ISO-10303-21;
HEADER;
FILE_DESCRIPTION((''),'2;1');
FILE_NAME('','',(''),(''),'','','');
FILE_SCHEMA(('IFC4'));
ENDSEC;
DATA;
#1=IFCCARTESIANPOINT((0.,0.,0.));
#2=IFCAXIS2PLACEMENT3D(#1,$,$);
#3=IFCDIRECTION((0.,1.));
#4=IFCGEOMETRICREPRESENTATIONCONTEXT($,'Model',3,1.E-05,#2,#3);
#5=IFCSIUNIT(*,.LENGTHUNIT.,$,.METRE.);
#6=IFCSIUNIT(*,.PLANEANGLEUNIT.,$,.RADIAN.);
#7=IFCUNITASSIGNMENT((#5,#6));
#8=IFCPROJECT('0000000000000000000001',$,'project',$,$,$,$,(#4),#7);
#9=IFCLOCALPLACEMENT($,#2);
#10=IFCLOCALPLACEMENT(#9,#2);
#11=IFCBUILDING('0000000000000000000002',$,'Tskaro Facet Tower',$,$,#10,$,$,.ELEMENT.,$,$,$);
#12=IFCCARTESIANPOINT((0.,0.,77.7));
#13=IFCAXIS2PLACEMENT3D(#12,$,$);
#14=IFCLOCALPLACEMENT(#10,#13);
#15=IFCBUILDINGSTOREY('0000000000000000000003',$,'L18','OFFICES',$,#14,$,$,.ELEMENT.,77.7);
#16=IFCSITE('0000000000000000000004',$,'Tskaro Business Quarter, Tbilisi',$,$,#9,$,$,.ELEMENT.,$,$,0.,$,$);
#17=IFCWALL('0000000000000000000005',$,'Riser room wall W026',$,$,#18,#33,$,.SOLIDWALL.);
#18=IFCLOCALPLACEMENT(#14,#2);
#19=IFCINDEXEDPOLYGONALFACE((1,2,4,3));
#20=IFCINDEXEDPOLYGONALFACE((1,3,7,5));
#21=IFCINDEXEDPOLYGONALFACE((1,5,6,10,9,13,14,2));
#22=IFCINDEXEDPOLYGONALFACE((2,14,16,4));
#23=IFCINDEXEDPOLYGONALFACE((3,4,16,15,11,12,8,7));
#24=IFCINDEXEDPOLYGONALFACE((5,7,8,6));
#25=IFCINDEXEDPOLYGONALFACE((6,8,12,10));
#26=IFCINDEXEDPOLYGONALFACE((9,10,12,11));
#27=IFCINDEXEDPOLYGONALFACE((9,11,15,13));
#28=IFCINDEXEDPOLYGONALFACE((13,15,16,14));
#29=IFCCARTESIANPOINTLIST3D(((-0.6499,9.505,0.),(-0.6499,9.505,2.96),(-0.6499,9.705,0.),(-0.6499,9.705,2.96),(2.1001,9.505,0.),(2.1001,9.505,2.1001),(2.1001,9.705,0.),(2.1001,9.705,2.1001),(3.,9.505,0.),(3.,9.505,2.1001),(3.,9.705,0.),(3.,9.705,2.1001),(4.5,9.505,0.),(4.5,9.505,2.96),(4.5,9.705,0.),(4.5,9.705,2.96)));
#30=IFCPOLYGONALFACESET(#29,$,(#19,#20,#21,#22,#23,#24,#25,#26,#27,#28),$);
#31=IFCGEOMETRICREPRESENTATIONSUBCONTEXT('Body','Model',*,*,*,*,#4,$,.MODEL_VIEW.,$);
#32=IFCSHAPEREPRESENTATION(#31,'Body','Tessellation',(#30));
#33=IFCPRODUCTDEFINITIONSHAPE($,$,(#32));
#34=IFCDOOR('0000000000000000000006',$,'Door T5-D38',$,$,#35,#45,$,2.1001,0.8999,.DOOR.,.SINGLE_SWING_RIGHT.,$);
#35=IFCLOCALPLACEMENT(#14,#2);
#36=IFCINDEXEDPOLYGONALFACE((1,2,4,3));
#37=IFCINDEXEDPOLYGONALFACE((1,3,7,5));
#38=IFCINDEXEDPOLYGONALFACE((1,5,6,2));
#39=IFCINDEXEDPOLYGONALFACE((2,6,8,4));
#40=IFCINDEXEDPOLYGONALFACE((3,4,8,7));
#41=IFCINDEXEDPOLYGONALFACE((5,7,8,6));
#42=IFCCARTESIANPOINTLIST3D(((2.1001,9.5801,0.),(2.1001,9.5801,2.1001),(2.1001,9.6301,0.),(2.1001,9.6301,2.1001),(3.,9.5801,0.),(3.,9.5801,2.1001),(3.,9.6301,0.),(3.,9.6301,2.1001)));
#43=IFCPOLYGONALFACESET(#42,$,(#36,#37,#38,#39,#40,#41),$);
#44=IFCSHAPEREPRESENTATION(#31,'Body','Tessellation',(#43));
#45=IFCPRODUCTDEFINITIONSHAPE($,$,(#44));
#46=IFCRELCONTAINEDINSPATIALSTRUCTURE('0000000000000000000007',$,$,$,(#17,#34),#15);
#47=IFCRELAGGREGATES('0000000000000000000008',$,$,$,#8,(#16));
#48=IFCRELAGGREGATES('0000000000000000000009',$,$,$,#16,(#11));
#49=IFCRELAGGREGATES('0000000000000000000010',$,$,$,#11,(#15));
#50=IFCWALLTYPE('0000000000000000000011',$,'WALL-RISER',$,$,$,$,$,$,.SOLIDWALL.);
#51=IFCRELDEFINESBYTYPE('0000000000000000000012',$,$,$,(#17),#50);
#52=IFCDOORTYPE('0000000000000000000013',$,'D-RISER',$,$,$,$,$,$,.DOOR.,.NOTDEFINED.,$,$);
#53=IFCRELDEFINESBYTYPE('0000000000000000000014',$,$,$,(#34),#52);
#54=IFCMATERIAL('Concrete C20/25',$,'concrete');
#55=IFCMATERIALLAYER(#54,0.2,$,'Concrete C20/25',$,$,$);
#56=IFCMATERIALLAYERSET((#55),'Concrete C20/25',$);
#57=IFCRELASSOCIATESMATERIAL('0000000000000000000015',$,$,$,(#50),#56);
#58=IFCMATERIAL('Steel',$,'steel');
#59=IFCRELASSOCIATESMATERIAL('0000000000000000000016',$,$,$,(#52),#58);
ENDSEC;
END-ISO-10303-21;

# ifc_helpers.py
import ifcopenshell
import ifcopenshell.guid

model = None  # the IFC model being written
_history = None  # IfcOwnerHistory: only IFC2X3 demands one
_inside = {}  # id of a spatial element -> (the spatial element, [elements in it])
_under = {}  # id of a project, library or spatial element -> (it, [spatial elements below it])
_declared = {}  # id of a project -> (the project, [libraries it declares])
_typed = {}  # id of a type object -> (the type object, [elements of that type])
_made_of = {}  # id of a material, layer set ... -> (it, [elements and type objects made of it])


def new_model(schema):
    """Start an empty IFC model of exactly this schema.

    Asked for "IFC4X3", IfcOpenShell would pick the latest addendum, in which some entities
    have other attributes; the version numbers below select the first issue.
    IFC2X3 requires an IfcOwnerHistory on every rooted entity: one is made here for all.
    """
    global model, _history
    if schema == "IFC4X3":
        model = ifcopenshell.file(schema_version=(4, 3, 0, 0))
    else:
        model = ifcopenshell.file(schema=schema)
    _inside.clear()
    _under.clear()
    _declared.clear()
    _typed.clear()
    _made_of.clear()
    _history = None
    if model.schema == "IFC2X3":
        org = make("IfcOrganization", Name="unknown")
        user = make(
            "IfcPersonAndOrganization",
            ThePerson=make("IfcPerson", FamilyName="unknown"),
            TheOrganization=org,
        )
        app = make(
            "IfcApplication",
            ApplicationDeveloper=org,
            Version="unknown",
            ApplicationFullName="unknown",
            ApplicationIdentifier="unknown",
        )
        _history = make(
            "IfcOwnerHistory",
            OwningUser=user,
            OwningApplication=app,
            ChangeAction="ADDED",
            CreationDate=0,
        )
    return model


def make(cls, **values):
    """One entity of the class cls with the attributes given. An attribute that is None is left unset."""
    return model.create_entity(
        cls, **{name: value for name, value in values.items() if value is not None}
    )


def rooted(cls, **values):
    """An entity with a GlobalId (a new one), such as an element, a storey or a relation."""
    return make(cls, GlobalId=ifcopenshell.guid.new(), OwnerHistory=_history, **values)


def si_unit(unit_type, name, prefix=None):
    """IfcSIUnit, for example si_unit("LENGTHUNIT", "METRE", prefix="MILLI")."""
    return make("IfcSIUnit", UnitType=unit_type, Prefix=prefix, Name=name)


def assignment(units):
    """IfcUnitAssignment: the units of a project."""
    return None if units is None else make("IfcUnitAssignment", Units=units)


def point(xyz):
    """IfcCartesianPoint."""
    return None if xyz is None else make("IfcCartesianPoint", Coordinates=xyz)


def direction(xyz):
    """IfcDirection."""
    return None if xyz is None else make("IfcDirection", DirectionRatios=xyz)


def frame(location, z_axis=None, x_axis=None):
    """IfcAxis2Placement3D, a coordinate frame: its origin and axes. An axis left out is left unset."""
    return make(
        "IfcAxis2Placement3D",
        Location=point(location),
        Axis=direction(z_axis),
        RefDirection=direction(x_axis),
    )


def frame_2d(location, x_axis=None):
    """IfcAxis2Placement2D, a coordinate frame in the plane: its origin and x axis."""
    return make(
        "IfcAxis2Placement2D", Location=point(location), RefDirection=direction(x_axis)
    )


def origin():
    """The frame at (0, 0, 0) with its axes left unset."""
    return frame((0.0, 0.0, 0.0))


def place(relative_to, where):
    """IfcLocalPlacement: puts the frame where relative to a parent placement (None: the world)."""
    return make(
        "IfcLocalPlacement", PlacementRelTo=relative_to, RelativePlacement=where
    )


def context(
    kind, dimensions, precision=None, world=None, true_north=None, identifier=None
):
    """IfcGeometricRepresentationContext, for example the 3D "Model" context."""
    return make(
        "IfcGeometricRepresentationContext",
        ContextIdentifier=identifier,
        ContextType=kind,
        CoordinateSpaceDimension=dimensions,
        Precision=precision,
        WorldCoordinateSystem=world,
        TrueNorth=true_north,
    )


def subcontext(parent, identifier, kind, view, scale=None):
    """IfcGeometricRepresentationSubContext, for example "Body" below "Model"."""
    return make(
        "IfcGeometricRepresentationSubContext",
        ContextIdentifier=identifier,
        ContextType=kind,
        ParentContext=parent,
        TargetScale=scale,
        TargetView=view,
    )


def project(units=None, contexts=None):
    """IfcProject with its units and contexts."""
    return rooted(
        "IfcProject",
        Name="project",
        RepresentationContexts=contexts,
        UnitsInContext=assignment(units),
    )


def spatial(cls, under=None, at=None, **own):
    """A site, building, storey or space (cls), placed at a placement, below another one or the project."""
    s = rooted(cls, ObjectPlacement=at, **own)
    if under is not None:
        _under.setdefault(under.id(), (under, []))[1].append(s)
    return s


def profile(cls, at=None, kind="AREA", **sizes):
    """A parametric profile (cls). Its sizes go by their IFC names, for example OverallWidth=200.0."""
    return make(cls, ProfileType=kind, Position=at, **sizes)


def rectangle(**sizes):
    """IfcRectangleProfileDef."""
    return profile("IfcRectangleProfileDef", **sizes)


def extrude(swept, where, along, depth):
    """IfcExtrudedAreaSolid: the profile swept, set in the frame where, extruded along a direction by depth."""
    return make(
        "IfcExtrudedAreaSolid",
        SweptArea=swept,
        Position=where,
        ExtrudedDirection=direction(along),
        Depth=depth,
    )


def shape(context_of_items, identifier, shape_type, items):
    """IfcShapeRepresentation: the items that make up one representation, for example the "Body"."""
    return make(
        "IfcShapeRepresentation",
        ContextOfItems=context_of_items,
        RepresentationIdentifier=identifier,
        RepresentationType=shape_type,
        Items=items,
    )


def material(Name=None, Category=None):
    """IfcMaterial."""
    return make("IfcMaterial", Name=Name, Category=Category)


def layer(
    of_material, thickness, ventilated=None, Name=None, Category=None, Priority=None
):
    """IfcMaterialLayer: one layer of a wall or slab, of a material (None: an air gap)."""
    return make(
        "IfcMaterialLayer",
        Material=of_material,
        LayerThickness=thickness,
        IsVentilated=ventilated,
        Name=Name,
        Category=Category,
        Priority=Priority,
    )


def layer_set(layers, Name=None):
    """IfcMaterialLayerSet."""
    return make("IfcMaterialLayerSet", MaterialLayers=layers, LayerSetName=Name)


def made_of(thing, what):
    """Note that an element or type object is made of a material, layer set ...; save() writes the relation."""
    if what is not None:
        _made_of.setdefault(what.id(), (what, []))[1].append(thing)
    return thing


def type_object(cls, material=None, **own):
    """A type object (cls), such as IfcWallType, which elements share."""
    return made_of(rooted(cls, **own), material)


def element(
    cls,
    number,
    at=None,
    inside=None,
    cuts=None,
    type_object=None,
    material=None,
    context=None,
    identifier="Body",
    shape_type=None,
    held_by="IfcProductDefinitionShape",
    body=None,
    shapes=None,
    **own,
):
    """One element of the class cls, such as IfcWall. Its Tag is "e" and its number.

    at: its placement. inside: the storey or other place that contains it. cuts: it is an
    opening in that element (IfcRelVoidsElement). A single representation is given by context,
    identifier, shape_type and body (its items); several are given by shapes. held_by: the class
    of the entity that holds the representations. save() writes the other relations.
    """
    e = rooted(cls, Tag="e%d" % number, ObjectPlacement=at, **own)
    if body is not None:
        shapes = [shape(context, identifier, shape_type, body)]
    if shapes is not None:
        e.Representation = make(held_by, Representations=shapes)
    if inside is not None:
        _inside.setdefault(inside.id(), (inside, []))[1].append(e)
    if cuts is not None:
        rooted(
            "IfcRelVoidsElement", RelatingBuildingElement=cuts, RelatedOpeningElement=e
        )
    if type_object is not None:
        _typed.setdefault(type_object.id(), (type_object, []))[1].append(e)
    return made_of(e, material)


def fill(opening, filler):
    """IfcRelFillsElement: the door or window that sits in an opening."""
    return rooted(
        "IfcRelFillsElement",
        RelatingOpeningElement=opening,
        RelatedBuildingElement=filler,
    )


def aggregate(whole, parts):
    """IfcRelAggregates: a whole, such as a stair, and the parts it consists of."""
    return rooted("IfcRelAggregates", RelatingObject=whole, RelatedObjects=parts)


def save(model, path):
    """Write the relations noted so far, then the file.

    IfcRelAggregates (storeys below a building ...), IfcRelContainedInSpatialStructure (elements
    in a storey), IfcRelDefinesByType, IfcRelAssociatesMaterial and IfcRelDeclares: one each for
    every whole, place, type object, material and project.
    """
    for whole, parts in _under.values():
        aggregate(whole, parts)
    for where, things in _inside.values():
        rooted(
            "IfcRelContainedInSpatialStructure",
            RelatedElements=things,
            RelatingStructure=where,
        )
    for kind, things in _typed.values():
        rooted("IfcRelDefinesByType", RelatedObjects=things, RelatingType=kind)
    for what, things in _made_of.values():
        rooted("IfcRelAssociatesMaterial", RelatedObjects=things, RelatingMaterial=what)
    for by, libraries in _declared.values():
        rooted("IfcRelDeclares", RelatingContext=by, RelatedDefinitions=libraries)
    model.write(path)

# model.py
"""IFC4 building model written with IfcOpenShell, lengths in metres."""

from ifc_helpers import new_model, si_unit, direction, frame, frame_2d, origin, place, context, subcontext, project, spatial, rectangle, extrude, material, layer, layer_set, type_object, element, fill, save


model = new_model("IFC4")

# Units and contexts
model_context = context("Model", 3, precision=1e-05, world=origin(), true_north=direction((0.0, 1.0)))
body_context = subcontext(model_context, "Body", "Model", "MODEL_VIEW")
ifc_project = project(units=[si_unit("LENGTHUNIT", "METRE"), si_unit("PLANEANGLEUNIT", "RADIAN")], contexts=[model_context])

# Site, building, storey
site_placement = place(None, origin())
site = spatial("IfcSite", under=ifc_project, at=site_placement, Name="Tskaro Business Quarter, Tbilisi", CompositionType="ELEMENT", RefElevation=0.0)
building_placement = place(site_placement, origin())
building = spatial("IfcBuilding", under=site, at=building_placement, Name="Tskaro Facet Tower", CompositionType="ELEMENT")
storey_placement = place(building_placement, frame((0.0, 0.0, 77.7)))
storey = spatial("IfcBuildingStorey", under=building, at=storey_placement, Name="L18", Description="OFFICES", CompositionType="ELEMENT", Elevation=77.7)

# Wall, opening, door
ifc_material_1 = material(Name="Concrete C20/25", Category="concrete")
ifc_layer_1 = layer(ifc_material_1, 0.2, Name="Concrete C20/25")
ifc_layer_set_1 = layer_set([ifc_layer_1], Name="Concrete C20/25")
wall_type_1 = type_object("IfcWallType", Name="WALL-RISER", PredefinedType="SOLIDWALL", material=ifc_layer_set_1)
wall_1_placement = place(storey_placement, frame((4.5, 9.605, 0.0), z_axis=(0.0, 0.0, 1.0), x_axis=(-1.0, 0.0, 0.0)))
wall_1 = element("IfcWall", 1, at=wall_1_placement, inside=storey, type_object=wall_type_1, Name="Riser room wall W026", PredefinedType="SOLIDWALL", context=body_context, shape_type="SweptSolid", body=[
    extrude(rectangle(XDim=5.1499, YDim=0.2, at=frame_2d((2.575, 0.0))), origin(), (0.0, 0.0, 1.0), 2.96),
])
opening_1_placement = place(wall_1_placement, frame((1.5, 0.0, 0.0)))
opening_1 = element("IfcOpeningElement", 2, at=opening_1_placement, cuts=wall_1, PredefinedType="OPENING", context=body_context, shape_type="SweptSolid", body=[
    extrude(rectangle(XDim=0.8999, YDim=2.1001, at=frame_2d((0.45, 1.05))), frame((0.0, 0.1099, 0.0), z_axis=(0.0, -1.0, 0.0), x_axis=(1.0, 0.0, 0.0)), (0.0, 0.0, 1.0), 0.22),
])
ifc_material_2 = material(Name="Steel", Category="steel")
door_type_1 = type_object("IfcDoorType", Name="D-RISER", OperationType="NOTDEFINED", PredefinedType="DOOR", material=ifc_material_2)
door_1_placement = place(opening_1_placement, origin())
door_1 = element("IfcDoor", 3, at=door_1_placement, inside=storey, type_object=door_type_1, Name="Door T5-D38", OperationType="SINGLE_SWING_RIGHT", OverallHeight=2.1001, OverallWidth=0.8999, PredefinedType="DOOR", context=body_context, shape_type="SweptSolid", body=[
    extrude(rectangle(XDim=0.8999, YDim=2.1001, at=frame_2d((0.45, 1.05))), frame((0.0, 0.0249, 0.0), z_axis=(0.0, -1.0, 0.0), x_axis=(1.0, 0.0, 0.0)), (0.0, 0.0, 1.0), 0.05),
])
fill(opening_1, door_1)

save(model, "model.ifc")
